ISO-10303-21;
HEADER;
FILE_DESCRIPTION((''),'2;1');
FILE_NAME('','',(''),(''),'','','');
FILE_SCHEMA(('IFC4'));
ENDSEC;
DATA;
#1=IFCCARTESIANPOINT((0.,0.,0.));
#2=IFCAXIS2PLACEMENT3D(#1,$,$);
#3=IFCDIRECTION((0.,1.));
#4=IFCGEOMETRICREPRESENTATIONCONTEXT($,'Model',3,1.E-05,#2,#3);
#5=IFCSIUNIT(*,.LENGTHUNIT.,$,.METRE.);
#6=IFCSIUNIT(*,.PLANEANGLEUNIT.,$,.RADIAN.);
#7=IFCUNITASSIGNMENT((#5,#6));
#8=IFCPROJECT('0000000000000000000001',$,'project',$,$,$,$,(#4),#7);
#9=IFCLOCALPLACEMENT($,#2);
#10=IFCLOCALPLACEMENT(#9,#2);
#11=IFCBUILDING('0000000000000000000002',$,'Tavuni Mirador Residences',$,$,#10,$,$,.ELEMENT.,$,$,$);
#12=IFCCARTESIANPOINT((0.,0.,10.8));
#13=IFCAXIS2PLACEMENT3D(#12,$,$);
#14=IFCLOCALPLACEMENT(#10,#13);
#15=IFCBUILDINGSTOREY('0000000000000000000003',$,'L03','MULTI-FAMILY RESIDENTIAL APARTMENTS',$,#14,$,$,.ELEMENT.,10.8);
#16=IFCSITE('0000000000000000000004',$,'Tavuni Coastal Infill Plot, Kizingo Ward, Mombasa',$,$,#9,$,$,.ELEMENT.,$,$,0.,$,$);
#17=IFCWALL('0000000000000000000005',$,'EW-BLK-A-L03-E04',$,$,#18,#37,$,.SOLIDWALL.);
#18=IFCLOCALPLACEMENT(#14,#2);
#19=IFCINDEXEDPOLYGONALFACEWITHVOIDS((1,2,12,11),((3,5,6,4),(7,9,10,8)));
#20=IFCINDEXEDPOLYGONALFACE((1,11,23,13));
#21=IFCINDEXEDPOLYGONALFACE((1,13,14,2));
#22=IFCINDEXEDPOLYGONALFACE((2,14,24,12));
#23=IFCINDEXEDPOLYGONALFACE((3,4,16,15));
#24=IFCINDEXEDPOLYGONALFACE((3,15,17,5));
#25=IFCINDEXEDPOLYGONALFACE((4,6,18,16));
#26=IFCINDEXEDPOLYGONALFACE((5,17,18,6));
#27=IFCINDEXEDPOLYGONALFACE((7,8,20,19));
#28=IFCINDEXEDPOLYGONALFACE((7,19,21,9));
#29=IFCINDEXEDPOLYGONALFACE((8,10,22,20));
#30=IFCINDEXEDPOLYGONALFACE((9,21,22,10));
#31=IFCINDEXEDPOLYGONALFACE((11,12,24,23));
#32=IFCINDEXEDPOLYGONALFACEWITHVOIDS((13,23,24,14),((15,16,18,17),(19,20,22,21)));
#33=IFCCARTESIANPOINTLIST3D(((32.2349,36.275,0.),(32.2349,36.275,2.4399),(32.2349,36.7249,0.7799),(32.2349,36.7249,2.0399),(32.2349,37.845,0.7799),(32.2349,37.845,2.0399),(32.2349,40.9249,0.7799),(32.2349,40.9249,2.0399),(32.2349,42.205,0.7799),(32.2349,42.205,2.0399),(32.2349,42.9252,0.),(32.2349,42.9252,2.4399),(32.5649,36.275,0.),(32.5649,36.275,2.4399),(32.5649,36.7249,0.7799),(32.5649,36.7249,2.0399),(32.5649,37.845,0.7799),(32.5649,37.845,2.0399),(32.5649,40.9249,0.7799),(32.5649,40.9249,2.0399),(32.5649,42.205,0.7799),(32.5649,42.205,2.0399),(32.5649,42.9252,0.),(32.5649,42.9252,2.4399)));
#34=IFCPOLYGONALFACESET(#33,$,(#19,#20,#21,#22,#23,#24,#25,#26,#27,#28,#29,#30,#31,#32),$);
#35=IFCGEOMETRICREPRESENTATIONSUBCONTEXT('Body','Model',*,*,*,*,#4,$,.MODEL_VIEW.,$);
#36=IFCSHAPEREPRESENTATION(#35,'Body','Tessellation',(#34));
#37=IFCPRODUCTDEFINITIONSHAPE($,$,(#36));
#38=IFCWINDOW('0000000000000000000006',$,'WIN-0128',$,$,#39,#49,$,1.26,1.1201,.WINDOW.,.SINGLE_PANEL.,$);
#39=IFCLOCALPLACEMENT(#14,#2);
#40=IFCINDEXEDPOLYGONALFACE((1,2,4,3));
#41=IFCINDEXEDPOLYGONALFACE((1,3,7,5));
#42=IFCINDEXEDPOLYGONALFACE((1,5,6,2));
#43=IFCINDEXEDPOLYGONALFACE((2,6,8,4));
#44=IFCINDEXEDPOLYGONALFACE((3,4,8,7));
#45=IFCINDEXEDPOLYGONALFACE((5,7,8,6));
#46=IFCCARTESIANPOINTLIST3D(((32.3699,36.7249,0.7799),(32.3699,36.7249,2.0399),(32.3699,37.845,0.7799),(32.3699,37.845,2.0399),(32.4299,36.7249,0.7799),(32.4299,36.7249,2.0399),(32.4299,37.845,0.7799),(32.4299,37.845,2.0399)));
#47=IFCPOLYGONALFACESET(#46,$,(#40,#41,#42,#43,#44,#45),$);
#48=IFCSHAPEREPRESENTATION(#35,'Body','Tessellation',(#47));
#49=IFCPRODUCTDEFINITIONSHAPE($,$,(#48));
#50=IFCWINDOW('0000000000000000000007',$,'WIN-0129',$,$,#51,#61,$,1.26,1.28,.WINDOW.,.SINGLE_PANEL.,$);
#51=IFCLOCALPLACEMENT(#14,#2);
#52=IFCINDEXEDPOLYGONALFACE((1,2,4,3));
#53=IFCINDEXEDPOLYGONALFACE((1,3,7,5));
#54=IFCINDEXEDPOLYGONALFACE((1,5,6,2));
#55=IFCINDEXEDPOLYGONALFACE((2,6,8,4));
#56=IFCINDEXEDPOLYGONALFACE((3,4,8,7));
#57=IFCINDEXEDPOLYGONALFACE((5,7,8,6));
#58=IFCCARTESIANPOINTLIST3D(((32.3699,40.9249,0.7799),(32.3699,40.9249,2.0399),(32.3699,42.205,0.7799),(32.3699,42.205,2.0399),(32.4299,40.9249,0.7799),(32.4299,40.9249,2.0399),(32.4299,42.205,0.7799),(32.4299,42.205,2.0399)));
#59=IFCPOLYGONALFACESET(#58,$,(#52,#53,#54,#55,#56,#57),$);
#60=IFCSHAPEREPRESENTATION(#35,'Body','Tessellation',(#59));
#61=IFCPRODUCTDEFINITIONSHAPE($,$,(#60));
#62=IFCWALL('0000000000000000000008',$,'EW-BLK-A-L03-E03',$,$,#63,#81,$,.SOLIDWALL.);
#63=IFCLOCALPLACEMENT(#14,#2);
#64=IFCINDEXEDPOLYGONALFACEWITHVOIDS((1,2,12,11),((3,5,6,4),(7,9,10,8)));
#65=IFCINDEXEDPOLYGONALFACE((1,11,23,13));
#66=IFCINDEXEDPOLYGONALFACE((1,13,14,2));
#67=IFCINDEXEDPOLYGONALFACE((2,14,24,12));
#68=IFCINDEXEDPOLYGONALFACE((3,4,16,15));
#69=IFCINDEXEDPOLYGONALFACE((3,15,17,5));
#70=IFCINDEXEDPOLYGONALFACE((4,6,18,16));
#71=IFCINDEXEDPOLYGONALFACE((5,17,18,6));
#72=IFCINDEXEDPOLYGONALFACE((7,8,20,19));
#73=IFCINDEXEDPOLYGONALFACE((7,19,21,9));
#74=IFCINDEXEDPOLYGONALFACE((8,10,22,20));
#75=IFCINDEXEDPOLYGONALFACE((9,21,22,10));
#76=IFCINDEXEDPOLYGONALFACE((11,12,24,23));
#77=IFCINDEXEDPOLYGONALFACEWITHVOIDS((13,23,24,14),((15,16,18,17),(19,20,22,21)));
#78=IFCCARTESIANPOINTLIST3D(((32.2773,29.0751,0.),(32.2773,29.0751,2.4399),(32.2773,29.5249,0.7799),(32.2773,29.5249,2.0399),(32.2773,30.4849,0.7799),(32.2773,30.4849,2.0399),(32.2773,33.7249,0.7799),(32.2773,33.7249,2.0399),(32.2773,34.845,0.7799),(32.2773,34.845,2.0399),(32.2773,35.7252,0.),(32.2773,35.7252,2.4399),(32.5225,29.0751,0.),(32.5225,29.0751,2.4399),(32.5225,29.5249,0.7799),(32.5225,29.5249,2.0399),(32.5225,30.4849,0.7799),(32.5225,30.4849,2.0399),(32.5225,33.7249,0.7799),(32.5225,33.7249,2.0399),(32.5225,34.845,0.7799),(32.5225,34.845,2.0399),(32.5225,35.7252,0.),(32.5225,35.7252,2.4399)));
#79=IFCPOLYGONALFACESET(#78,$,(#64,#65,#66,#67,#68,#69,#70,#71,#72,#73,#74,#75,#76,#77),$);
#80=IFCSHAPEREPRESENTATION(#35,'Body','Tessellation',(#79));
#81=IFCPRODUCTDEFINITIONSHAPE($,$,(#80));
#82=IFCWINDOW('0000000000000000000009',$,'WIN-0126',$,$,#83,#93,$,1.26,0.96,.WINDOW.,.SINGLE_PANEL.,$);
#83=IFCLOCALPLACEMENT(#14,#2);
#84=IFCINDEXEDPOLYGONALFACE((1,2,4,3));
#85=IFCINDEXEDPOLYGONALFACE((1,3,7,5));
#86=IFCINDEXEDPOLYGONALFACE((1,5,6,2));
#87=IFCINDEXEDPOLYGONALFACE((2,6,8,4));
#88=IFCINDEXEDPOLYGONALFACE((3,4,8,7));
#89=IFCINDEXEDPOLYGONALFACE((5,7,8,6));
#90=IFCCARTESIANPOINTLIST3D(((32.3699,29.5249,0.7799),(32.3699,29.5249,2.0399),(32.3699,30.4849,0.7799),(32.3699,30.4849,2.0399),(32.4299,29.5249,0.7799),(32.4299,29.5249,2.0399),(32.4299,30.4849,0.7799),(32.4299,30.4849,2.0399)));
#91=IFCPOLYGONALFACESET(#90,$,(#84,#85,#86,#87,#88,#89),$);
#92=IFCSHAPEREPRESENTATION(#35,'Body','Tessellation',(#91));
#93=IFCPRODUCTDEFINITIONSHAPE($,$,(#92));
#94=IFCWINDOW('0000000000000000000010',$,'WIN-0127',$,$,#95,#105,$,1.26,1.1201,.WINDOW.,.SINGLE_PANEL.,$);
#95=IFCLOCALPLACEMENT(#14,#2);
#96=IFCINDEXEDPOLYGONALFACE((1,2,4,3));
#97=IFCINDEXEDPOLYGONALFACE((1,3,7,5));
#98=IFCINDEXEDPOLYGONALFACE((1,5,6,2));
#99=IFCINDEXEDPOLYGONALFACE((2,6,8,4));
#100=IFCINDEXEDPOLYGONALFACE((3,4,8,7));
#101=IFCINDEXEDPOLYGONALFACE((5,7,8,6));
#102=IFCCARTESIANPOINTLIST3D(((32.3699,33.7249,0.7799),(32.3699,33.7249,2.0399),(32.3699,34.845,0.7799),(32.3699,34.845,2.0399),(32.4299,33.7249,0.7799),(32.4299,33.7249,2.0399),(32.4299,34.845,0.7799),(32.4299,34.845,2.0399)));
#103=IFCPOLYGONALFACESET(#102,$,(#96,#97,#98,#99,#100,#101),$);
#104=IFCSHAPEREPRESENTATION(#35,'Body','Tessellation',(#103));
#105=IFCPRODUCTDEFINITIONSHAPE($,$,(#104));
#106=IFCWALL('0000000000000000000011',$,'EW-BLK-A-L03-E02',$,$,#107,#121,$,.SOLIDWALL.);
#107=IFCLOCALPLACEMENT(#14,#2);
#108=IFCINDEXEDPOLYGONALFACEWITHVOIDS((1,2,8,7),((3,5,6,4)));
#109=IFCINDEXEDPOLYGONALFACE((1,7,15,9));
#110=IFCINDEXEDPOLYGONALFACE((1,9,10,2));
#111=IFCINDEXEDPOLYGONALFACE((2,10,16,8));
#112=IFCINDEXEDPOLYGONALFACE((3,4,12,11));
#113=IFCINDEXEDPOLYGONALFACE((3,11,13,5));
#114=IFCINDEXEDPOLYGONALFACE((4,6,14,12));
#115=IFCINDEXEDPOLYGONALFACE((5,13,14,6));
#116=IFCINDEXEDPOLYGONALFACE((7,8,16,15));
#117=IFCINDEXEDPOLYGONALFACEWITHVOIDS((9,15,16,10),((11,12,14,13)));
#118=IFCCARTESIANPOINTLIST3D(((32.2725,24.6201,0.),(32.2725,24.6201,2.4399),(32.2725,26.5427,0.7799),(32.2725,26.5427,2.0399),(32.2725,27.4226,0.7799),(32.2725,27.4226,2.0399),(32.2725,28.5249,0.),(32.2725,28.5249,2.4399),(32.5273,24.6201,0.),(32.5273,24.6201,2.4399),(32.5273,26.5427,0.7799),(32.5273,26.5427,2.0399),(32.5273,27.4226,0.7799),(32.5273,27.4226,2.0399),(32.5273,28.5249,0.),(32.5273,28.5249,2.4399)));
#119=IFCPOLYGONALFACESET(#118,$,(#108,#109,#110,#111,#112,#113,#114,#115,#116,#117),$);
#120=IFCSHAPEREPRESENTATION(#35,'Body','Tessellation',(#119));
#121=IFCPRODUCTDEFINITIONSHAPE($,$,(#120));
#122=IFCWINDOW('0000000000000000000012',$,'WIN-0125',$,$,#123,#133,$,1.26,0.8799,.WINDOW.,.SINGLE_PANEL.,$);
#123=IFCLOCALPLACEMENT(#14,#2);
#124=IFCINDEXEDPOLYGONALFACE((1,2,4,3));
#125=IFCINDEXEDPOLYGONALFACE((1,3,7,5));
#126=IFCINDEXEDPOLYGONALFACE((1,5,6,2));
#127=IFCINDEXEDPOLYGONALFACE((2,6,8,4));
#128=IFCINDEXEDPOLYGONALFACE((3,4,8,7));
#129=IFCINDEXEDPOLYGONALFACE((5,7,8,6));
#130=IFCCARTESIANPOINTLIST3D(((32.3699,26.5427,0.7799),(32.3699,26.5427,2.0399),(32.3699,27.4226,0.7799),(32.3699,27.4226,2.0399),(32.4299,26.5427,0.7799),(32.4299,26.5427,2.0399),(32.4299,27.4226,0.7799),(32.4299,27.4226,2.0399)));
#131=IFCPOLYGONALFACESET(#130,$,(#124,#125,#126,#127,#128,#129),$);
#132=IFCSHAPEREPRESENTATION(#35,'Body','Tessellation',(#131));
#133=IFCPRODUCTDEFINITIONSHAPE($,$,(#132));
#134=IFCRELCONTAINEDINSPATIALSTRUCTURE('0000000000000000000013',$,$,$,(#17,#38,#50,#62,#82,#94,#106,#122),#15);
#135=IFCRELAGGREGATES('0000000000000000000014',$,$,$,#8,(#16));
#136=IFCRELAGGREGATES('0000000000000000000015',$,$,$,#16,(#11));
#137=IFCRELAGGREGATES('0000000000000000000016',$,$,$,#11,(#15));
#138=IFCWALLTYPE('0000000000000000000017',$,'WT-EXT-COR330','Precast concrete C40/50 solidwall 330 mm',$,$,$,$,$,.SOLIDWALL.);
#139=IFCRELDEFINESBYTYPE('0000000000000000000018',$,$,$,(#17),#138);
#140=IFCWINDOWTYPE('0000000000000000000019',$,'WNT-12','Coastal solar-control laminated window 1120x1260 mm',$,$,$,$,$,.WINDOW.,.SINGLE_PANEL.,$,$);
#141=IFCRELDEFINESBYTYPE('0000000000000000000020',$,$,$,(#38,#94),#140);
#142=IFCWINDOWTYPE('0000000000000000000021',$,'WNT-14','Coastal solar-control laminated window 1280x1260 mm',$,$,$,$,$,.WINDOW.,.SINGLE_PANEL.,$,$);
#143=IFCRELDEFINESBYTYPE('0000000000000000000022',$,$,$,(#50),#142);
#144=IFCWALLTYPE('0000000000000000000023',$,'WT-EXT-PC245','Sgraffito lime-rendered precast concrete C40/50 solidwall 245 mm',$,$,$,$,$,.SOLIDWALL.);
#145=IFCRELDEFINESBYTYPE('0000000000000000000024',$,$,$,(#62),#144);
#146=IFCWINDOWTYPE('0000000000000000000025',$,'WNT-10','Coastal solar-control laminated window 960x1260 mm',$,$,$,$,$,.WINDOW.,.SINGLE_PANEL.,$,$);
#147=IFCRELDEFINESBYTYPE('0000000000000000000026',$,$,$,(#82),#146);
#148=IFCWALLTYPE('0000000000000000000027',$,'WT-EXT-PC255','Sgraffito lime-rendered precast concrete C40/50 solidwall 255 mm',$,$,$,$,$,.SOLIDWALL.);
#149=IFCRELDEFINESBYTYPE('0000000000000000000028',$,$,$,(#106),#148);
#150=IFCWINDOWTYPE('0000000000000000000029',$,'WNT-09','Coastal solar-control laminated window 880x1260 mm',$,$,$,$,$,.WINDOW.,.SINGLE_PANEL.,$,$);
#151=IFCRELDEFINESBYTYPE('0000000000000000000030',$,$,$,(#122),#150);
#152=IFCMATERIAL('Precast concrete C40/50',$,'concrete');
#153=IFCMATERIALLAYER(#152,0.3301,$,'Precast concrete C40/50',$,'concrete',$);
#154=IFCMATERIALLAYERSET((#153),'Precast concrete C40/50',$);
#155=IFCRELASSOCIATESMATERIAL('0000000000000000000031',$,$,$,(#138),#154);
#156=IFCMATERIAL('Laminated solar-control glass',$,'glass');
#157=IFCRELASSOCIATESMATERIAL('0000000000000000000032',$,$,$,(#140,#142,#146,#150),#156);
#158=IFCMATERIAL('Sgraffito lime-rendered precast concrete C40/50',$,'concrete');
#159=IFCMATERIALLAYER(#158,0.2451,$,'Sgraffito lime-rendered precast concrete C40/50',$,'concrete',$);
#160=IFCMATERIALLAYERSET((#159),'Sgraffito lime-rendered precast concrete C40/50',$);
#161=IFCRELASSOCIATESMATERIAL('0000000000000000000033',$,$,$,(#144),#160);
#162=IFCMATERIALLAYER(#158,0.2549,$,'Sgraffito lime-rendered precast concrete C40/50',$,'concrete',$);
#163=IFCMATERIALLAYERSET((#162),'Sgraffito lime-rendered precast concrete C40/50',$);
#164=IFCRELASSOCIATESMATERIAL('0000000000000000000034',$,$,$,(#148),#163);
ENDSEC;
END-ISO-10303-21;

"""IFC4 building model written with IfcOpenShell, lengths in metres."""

from ifc_helpers import new_model, si_unit, direction, frame, frame_2d, origin, place, context, subcontext, project, spatial, rectangle, extrude, material, layer, layer_set, type_object, element, fill, save


model = new_model("IFC4")

# Units and contexts
model_context = context("Model", 3, precision=1e-05, world=origin(), true_north=direction((0.0, 1.0)))
body_context = subcontext(model_context, "Body", "Model", "MODEL_VIEW")
ifc_project = project(units=[si_unit("LENGTHUNIT", "METRE"), si_unit("PLANEANGLEUNIT", "RADIAN")], contexts=[model_context])

# Site, building, storey
site_placement = place(None, origin())
site = spatial("IfcSite", under=ifc_project, at=site_placement, Name="Tavuni Coastal Infill Plot, Kizingo Ward, Mombasa", CompositionType="ELEMENT", RefElevation=0.0)
building_placement = place(site_placement, origin())
building = spatial("IfcBuilding", under=site, at=building_placement, Name="Tavuni Mirador Residences", CompositionType="ELEMENT")
storey_placement = place(building_placement, frame((0.0, 0.0, 10.8)))
storey = spatial("IfcBuildingStorey", under=building, at=storey_placement, Name="L03", Description="MULTI-FAMILY RESIDENTIAL APARTMENTS", CompositionType="ELEMENT", Elevation=10.8)

# Shared definitions
ifc_material_1 = material(Name="Precast concrete C40/50", Category="concrete")

# Shared definitions
ifc_material_2 = material(Name="Laminated solar-control glass", Category="glass")

# Walls, openings, windows
ifc_layer_1 = layer(ifc_material_1, 0.3301, Name="Precast concrete C40/50", Category="concrete")
ifc_layer_set_1 = layer_set([ifc_layer_1], Name="Precast concrete C40/50")
wall_type_1 = type_object("IfcWallType", Name="WT-EXT-COR330", Description="Precast concrete C40/50 solidwall 330 mm", PredefinedType="SOLIDWALL", material=ifc_layer_set_1)
wall_1_placement = place(storey_placement, frame((32.3999, 36.2749, 0.0), z_axis=(0.0, 0.0, 1.0), x_axis=(0.0, 1.0, 0.0)))
wall_1 = element("IfcWall", 1, at=wall_1_placement, inside=storey, type_object=wall_type_1, Name="EW-BLK-A-L03-E04", PredefinedType="SOLIDWALL", context=body_context, shape_type="SweptSolid", body=[
    extrude(rectangle(XDim=6.6501, YDim=0.3301, at=frame_2d((3.3252, 0.0))), origin(), (0.0, 0.0, 1.0), 2.4399),
])
opening_1_placement = place(wall_1_placement, frame((0.45, 0.0, 0.78)))
opening_1 = element("IfcOpeningElement", 2, at=opening_1_placement, cuts=wall_1, PredefinedType="OPENING", context=body_context, shape_type="SweptSolid", body=[
    extrude(rectangle(XDim=1.1201, YDim=1.26, at=frame_2d((0.5601, 0.6299))), frame((0.0, 0.175, 0.0), z_axis=(0.0, -1.0, 0.0), x_axis=(1.0, 0.0, 0.0)), (0.0, 0.0, 1.0), 0.3501),
])
opening_2_placement = place(wall_1_placement, frame((4.6499, 0.0, 0.78)))
opening_2 = element("IfcOpeningElement", 3, at=opening_2_placement, cuts=wall_1, PredefinedType="OPENING", context=body_context, shape_type="SweptSolid", body=[
    extrude(rectangle(XDim=1.28, YDim=1.26, at=frame_2d((0.6401, 0.6299))), frame((0.0, 0.175, 0.0), z_axis=(0.0, -1.0, 0.0), x_axis=(1.0, 0.0, 0.0)), (0.0, 0.0, 1.0), 0.3501),
])
window_type_1 = type_object("IfcWindowType", Name="WNT-12", Description="Coastal solar-control laminated window 1120x1260 mm", PartitioningType="SINGLE_PANEL", PredefinedType="WINDOW", material=ifc_material_2)
window_1_placement = place(opening_1_placement, origin())
window_1 = element("IfcWindow", 4, at=window_1_placement, inside=storey, type_object=window_type_1, Name="WIN-0128", OverallHeight=1.26, OverallWidth=1.1201, PartitioningType="SINGLE_PANEL", PredefinedType="WINDOW", context=body_context, shape_type="SweptSolid", body=[
    extrude(rectangle(XDim=1.1201, YDim=1.26, at=frame_2d((0.5601, 0.6299))), frame((0.0, 0.03, 0.0), z_axis=(0.0, -1.0, 0.0), x_axis=(1.0, 0.0, 0.0)), (0.0, 0.0, 1.0), 0.0601),
])
fill(opening_1, window_1)
window_type_2 = type_object("IfcWindowType", Name="WNT-14", Description="Coastal solar-control laminated window 1280x1260 mm", PartitioningType="SINGLE_PANEL", PredefinedType="WINDOW", material=ifc_material_2)
window_2_placement = place(opening_2_placement, origin())
window_2 = element("IfcWindow", 5, at=window_2_placement, inside=storey, type_object=window_type_2, Name="WIN-0129", OverallHeight=1.26, OverallWidth=1.28, PartitioningType="SINGLE_PANEL", PredefinedType="WINDOW", context=body_context, shape_type="SweptSolid", body=[
    extrude(rectangle(XDim=1.28, YDim=1.26, at=frame_2d((0.6401, 0.6299))), frame((0.0, 0.03, 0.0), z_axis=(0.0, -1.0, 0.0), x_axis=(1.0, 0.0, 0.0)), (0.0, 0.0, 1.0), 0.0601),
])
fill(opening_2, window_2)
ifc_material_3 = material(Name="Sgraffito lime-rendered precast concrete C40/50", Category="concrete")
ifc_layer_2 = layer(ifc_material_3, 0.2451, Name="Sgraffito lime-rendered precast concrete C40/50", Category="concrete")
ifc_layer_set_2 = layer_set([ifc_layer_2], Name="Sgraffito lime-rendered precast concrete C40/50")
wall_type_2 = type_object("IfcWallType", Name="WT-EXT-PC245", Description="Sgraffito lime-rendered precast concrete C40/50 solidwall 245 mm", PredefinedType="SOLIDWALL", material=ifc_layer_set_2)
wall_2_placement = place(storey_placement, frame((32.3999, 29.075, 0.0), z_axis=(0.0, 0.0, 1.0), x_axis=(0.0, 1.0, 0.0)))
wall_2 = element("IfcWall", 6, at=wall_2_placement, inside=storey, type_object=wall_type_2, Name="EW-BLK-A-L03-E03", PredefinedType="SOLIDWALL", context=body_context, shape_type="SweptSolid", body=[
    extrude(rectangle(XDim=6.6501, YDim=0.2451, at=frame_2d((3.3252, 0.0))), origin(), (0.0, 0.0, 1.0), 2.4399),
])
opening_3_placement = place(wall_2_placement, frame((0.45, 0.0, 0.78)))
opening_3 = element("IfcOpeningElement", 7, at=opening_3_placement, cuts=wall_2, PredefinedType="OPENING", context=body_context, shape_type="SweptSolid", body=[
    extrude(rectangle(XDim=0.96, YDim=1.26, at=frame_2d((0.48, 0.6299))), frame((0.0, 0.1326, 0.0), z_axis=(0.0, -1.0, 0.0), x_axis=(1.0, 0.0, 0.0)), (0.0, 0.0, 1.0), 0.2651),
])
opening_4_placement = place(wall_2_placement, frame((4.6499, 0.0, 0.78)))
opening_4 = element("IfcOpeningElement", 8, at=opening_4_placement, cuts=wall_2, PredefinedType="OPENING", context=body_context, shape_type="SweptSolid", body=[
    extrude(rectangle(XDim=1.1201, YDim=1.26, at=frame_2d((0.5601, 0.6299))), frame((0.0, 0.1326, 0.0), z_axis=(0.0, -1.0, 0.0), x_axis=(1.0, 0.0, 0.0)), (0.0, 0.0, 1.0), 0.2651),
])
window_type_3 = type_object("IfcWindowType", Name="WNT-10", Description="Coastal solar-control laminated window 960x1260 mm", PartitioningType="SINGLE_PANEL", PredefinedType="WINDOW", material=ifc_material_2)
window_3_placement = place(opening_3_placement, origin())
window_3 = element("IfcWindow", 9, at=window_3_placement, inside=storey, type_object=window_type_3, Name="WIN-0126", OverallHeight=1.26, OverallWidth=0.96, PartitioningType="SINGLE_PANEL", PredefinedType="WINDOW", context=body_context, shape_type="SweptSolid", body=[
    extrude(rectangle(XDim=0.96, YDim=1.26, at=frame_2d((0.48, 0.6299))), frame((0.0, 0.03, 0.0), z_axis=(0.0, -1.0, 0.0), x_axis=(1.0, 0.0, 0.0)), (0.0, 0.0, 1.0), 0.0601),
])
fill(opening_3, window_3)
window_4_placement = place(opening_4_placement, origin())
window_4 = element("IfcWindow", 10, at=window_4_placement, inside=storey, type_object=window_type_1, Name="WIN-0127", OverallHeight=1.26, OverallWidth=1.1201, PartitioningType="SINGLE_PANEL", PredefinedType="WINDOW", context=body_context, shape_type="SweptSolid", body=[
    extrude(rectangle(XDim=1.1201, YDim=1.26, at=frame_2d((0.5601, 0.6299))), frame((0.0, 0.03, 0.0), z_axis=(0.0, -1.0, 0.0), x_axis=(1.0, 0.0, 0.0)), (0.0, 0.0, 1.0), 0.0601),
])
fill(opening_4, window_4)

# Wall, opening, window
ifc_layer_3 = layer(ifc_material_3, 0.2549, Name="Sgraffito lime-rendered precast concrete C40/50", Category="concrete")
ifc_layer_set_3 = layer_set([ifc_layer_3], Name="Sgraffito lime-rendered precast concrete C40/50")
wall_type_3 = type_object("IfcWallType", Name="WT-EXT-PC255", Description="Sgraffito lime-rendered precast concrete C40/50 solidwall 255 mm", PredefinedType="SOLIDWALL", material=ifc_layer_set_3)
wall_3_placement = place(storey_placement, frame((32.3999, 24.6201, 0.0), z_axis=(0.0, 0.0, 1.0), x_axis=(0.0, 1.0, 0.0)))
wall_3 = element("IfcWall", 11, at=wall_3_placement, inside=storey, type_object=wall_type_3, Name="EW-BLK-A-L03-E02", PredefinedType="SOLIDWALL", context=body_context, shape_type="SweptSolid", body=[
    extrude(rectangle(XDim=3.9048, YDim=0.2549, at=frame_2d((1.9524, 0.0))), origin(), (0.0, 0.0, 1.0), 2.4399),
])
opening_5_placement = place(wall_3_placement, frame((1.9226, 0.0, 0.78)))
opening_5 = element("IfcOpeningElement", 12, at=opening_5_placement, cuts=wall_3, PredefinedType="OPENING", context=body_context, shape_type="SweptSolid", body=[
    extrude(rectangle(XDim=0.8799, YDim=1.26, at=frame_2d((0.4399, 0.6299))), frame((0.0, 0.1375, 0.0), z_axis=(0.0, -1.0, 0.0), x_axis=(1.0, 0.0, 0.0)), (0.0, 0.0, 1.0), 0.2749),
])
window_type_4 = type_object("IfcWindowType", Name="WNT-09", Description="Coastal solar-control laminated window 880x1260 mm", PartitioningType="SINGLE_PANEL", PredefinedType="WINDOW", material=ifc_material_2)
window_5_placement = place(opening_5_placement, origin())
window_5 = element("IfcWindow", 13, at=window_5_placement, inside=storey, type_object=window_type_4, Name="WIN-0125", OverallHeight=1.26, OverallWidth=0.8799, PartitioningType="SINGLE_PANEL", PredefinedType="WINDOW", context=body_context, shape_type="SweptSolid", body=[
    extrude(rectangle(XDim=0.8799, YDim=1.26, at=frame_2d((0.4399, 0.6299))), frame((0.0, 0.03, 0.0), z_axis=(0.0, -1.0, 0.0), x_axis=(1.0, 0.0, 0.0)), (0.0, 0.0, 1.0), 0.0601),
])
fill(opening_5, window_5)

save(model, "model.ifc")
